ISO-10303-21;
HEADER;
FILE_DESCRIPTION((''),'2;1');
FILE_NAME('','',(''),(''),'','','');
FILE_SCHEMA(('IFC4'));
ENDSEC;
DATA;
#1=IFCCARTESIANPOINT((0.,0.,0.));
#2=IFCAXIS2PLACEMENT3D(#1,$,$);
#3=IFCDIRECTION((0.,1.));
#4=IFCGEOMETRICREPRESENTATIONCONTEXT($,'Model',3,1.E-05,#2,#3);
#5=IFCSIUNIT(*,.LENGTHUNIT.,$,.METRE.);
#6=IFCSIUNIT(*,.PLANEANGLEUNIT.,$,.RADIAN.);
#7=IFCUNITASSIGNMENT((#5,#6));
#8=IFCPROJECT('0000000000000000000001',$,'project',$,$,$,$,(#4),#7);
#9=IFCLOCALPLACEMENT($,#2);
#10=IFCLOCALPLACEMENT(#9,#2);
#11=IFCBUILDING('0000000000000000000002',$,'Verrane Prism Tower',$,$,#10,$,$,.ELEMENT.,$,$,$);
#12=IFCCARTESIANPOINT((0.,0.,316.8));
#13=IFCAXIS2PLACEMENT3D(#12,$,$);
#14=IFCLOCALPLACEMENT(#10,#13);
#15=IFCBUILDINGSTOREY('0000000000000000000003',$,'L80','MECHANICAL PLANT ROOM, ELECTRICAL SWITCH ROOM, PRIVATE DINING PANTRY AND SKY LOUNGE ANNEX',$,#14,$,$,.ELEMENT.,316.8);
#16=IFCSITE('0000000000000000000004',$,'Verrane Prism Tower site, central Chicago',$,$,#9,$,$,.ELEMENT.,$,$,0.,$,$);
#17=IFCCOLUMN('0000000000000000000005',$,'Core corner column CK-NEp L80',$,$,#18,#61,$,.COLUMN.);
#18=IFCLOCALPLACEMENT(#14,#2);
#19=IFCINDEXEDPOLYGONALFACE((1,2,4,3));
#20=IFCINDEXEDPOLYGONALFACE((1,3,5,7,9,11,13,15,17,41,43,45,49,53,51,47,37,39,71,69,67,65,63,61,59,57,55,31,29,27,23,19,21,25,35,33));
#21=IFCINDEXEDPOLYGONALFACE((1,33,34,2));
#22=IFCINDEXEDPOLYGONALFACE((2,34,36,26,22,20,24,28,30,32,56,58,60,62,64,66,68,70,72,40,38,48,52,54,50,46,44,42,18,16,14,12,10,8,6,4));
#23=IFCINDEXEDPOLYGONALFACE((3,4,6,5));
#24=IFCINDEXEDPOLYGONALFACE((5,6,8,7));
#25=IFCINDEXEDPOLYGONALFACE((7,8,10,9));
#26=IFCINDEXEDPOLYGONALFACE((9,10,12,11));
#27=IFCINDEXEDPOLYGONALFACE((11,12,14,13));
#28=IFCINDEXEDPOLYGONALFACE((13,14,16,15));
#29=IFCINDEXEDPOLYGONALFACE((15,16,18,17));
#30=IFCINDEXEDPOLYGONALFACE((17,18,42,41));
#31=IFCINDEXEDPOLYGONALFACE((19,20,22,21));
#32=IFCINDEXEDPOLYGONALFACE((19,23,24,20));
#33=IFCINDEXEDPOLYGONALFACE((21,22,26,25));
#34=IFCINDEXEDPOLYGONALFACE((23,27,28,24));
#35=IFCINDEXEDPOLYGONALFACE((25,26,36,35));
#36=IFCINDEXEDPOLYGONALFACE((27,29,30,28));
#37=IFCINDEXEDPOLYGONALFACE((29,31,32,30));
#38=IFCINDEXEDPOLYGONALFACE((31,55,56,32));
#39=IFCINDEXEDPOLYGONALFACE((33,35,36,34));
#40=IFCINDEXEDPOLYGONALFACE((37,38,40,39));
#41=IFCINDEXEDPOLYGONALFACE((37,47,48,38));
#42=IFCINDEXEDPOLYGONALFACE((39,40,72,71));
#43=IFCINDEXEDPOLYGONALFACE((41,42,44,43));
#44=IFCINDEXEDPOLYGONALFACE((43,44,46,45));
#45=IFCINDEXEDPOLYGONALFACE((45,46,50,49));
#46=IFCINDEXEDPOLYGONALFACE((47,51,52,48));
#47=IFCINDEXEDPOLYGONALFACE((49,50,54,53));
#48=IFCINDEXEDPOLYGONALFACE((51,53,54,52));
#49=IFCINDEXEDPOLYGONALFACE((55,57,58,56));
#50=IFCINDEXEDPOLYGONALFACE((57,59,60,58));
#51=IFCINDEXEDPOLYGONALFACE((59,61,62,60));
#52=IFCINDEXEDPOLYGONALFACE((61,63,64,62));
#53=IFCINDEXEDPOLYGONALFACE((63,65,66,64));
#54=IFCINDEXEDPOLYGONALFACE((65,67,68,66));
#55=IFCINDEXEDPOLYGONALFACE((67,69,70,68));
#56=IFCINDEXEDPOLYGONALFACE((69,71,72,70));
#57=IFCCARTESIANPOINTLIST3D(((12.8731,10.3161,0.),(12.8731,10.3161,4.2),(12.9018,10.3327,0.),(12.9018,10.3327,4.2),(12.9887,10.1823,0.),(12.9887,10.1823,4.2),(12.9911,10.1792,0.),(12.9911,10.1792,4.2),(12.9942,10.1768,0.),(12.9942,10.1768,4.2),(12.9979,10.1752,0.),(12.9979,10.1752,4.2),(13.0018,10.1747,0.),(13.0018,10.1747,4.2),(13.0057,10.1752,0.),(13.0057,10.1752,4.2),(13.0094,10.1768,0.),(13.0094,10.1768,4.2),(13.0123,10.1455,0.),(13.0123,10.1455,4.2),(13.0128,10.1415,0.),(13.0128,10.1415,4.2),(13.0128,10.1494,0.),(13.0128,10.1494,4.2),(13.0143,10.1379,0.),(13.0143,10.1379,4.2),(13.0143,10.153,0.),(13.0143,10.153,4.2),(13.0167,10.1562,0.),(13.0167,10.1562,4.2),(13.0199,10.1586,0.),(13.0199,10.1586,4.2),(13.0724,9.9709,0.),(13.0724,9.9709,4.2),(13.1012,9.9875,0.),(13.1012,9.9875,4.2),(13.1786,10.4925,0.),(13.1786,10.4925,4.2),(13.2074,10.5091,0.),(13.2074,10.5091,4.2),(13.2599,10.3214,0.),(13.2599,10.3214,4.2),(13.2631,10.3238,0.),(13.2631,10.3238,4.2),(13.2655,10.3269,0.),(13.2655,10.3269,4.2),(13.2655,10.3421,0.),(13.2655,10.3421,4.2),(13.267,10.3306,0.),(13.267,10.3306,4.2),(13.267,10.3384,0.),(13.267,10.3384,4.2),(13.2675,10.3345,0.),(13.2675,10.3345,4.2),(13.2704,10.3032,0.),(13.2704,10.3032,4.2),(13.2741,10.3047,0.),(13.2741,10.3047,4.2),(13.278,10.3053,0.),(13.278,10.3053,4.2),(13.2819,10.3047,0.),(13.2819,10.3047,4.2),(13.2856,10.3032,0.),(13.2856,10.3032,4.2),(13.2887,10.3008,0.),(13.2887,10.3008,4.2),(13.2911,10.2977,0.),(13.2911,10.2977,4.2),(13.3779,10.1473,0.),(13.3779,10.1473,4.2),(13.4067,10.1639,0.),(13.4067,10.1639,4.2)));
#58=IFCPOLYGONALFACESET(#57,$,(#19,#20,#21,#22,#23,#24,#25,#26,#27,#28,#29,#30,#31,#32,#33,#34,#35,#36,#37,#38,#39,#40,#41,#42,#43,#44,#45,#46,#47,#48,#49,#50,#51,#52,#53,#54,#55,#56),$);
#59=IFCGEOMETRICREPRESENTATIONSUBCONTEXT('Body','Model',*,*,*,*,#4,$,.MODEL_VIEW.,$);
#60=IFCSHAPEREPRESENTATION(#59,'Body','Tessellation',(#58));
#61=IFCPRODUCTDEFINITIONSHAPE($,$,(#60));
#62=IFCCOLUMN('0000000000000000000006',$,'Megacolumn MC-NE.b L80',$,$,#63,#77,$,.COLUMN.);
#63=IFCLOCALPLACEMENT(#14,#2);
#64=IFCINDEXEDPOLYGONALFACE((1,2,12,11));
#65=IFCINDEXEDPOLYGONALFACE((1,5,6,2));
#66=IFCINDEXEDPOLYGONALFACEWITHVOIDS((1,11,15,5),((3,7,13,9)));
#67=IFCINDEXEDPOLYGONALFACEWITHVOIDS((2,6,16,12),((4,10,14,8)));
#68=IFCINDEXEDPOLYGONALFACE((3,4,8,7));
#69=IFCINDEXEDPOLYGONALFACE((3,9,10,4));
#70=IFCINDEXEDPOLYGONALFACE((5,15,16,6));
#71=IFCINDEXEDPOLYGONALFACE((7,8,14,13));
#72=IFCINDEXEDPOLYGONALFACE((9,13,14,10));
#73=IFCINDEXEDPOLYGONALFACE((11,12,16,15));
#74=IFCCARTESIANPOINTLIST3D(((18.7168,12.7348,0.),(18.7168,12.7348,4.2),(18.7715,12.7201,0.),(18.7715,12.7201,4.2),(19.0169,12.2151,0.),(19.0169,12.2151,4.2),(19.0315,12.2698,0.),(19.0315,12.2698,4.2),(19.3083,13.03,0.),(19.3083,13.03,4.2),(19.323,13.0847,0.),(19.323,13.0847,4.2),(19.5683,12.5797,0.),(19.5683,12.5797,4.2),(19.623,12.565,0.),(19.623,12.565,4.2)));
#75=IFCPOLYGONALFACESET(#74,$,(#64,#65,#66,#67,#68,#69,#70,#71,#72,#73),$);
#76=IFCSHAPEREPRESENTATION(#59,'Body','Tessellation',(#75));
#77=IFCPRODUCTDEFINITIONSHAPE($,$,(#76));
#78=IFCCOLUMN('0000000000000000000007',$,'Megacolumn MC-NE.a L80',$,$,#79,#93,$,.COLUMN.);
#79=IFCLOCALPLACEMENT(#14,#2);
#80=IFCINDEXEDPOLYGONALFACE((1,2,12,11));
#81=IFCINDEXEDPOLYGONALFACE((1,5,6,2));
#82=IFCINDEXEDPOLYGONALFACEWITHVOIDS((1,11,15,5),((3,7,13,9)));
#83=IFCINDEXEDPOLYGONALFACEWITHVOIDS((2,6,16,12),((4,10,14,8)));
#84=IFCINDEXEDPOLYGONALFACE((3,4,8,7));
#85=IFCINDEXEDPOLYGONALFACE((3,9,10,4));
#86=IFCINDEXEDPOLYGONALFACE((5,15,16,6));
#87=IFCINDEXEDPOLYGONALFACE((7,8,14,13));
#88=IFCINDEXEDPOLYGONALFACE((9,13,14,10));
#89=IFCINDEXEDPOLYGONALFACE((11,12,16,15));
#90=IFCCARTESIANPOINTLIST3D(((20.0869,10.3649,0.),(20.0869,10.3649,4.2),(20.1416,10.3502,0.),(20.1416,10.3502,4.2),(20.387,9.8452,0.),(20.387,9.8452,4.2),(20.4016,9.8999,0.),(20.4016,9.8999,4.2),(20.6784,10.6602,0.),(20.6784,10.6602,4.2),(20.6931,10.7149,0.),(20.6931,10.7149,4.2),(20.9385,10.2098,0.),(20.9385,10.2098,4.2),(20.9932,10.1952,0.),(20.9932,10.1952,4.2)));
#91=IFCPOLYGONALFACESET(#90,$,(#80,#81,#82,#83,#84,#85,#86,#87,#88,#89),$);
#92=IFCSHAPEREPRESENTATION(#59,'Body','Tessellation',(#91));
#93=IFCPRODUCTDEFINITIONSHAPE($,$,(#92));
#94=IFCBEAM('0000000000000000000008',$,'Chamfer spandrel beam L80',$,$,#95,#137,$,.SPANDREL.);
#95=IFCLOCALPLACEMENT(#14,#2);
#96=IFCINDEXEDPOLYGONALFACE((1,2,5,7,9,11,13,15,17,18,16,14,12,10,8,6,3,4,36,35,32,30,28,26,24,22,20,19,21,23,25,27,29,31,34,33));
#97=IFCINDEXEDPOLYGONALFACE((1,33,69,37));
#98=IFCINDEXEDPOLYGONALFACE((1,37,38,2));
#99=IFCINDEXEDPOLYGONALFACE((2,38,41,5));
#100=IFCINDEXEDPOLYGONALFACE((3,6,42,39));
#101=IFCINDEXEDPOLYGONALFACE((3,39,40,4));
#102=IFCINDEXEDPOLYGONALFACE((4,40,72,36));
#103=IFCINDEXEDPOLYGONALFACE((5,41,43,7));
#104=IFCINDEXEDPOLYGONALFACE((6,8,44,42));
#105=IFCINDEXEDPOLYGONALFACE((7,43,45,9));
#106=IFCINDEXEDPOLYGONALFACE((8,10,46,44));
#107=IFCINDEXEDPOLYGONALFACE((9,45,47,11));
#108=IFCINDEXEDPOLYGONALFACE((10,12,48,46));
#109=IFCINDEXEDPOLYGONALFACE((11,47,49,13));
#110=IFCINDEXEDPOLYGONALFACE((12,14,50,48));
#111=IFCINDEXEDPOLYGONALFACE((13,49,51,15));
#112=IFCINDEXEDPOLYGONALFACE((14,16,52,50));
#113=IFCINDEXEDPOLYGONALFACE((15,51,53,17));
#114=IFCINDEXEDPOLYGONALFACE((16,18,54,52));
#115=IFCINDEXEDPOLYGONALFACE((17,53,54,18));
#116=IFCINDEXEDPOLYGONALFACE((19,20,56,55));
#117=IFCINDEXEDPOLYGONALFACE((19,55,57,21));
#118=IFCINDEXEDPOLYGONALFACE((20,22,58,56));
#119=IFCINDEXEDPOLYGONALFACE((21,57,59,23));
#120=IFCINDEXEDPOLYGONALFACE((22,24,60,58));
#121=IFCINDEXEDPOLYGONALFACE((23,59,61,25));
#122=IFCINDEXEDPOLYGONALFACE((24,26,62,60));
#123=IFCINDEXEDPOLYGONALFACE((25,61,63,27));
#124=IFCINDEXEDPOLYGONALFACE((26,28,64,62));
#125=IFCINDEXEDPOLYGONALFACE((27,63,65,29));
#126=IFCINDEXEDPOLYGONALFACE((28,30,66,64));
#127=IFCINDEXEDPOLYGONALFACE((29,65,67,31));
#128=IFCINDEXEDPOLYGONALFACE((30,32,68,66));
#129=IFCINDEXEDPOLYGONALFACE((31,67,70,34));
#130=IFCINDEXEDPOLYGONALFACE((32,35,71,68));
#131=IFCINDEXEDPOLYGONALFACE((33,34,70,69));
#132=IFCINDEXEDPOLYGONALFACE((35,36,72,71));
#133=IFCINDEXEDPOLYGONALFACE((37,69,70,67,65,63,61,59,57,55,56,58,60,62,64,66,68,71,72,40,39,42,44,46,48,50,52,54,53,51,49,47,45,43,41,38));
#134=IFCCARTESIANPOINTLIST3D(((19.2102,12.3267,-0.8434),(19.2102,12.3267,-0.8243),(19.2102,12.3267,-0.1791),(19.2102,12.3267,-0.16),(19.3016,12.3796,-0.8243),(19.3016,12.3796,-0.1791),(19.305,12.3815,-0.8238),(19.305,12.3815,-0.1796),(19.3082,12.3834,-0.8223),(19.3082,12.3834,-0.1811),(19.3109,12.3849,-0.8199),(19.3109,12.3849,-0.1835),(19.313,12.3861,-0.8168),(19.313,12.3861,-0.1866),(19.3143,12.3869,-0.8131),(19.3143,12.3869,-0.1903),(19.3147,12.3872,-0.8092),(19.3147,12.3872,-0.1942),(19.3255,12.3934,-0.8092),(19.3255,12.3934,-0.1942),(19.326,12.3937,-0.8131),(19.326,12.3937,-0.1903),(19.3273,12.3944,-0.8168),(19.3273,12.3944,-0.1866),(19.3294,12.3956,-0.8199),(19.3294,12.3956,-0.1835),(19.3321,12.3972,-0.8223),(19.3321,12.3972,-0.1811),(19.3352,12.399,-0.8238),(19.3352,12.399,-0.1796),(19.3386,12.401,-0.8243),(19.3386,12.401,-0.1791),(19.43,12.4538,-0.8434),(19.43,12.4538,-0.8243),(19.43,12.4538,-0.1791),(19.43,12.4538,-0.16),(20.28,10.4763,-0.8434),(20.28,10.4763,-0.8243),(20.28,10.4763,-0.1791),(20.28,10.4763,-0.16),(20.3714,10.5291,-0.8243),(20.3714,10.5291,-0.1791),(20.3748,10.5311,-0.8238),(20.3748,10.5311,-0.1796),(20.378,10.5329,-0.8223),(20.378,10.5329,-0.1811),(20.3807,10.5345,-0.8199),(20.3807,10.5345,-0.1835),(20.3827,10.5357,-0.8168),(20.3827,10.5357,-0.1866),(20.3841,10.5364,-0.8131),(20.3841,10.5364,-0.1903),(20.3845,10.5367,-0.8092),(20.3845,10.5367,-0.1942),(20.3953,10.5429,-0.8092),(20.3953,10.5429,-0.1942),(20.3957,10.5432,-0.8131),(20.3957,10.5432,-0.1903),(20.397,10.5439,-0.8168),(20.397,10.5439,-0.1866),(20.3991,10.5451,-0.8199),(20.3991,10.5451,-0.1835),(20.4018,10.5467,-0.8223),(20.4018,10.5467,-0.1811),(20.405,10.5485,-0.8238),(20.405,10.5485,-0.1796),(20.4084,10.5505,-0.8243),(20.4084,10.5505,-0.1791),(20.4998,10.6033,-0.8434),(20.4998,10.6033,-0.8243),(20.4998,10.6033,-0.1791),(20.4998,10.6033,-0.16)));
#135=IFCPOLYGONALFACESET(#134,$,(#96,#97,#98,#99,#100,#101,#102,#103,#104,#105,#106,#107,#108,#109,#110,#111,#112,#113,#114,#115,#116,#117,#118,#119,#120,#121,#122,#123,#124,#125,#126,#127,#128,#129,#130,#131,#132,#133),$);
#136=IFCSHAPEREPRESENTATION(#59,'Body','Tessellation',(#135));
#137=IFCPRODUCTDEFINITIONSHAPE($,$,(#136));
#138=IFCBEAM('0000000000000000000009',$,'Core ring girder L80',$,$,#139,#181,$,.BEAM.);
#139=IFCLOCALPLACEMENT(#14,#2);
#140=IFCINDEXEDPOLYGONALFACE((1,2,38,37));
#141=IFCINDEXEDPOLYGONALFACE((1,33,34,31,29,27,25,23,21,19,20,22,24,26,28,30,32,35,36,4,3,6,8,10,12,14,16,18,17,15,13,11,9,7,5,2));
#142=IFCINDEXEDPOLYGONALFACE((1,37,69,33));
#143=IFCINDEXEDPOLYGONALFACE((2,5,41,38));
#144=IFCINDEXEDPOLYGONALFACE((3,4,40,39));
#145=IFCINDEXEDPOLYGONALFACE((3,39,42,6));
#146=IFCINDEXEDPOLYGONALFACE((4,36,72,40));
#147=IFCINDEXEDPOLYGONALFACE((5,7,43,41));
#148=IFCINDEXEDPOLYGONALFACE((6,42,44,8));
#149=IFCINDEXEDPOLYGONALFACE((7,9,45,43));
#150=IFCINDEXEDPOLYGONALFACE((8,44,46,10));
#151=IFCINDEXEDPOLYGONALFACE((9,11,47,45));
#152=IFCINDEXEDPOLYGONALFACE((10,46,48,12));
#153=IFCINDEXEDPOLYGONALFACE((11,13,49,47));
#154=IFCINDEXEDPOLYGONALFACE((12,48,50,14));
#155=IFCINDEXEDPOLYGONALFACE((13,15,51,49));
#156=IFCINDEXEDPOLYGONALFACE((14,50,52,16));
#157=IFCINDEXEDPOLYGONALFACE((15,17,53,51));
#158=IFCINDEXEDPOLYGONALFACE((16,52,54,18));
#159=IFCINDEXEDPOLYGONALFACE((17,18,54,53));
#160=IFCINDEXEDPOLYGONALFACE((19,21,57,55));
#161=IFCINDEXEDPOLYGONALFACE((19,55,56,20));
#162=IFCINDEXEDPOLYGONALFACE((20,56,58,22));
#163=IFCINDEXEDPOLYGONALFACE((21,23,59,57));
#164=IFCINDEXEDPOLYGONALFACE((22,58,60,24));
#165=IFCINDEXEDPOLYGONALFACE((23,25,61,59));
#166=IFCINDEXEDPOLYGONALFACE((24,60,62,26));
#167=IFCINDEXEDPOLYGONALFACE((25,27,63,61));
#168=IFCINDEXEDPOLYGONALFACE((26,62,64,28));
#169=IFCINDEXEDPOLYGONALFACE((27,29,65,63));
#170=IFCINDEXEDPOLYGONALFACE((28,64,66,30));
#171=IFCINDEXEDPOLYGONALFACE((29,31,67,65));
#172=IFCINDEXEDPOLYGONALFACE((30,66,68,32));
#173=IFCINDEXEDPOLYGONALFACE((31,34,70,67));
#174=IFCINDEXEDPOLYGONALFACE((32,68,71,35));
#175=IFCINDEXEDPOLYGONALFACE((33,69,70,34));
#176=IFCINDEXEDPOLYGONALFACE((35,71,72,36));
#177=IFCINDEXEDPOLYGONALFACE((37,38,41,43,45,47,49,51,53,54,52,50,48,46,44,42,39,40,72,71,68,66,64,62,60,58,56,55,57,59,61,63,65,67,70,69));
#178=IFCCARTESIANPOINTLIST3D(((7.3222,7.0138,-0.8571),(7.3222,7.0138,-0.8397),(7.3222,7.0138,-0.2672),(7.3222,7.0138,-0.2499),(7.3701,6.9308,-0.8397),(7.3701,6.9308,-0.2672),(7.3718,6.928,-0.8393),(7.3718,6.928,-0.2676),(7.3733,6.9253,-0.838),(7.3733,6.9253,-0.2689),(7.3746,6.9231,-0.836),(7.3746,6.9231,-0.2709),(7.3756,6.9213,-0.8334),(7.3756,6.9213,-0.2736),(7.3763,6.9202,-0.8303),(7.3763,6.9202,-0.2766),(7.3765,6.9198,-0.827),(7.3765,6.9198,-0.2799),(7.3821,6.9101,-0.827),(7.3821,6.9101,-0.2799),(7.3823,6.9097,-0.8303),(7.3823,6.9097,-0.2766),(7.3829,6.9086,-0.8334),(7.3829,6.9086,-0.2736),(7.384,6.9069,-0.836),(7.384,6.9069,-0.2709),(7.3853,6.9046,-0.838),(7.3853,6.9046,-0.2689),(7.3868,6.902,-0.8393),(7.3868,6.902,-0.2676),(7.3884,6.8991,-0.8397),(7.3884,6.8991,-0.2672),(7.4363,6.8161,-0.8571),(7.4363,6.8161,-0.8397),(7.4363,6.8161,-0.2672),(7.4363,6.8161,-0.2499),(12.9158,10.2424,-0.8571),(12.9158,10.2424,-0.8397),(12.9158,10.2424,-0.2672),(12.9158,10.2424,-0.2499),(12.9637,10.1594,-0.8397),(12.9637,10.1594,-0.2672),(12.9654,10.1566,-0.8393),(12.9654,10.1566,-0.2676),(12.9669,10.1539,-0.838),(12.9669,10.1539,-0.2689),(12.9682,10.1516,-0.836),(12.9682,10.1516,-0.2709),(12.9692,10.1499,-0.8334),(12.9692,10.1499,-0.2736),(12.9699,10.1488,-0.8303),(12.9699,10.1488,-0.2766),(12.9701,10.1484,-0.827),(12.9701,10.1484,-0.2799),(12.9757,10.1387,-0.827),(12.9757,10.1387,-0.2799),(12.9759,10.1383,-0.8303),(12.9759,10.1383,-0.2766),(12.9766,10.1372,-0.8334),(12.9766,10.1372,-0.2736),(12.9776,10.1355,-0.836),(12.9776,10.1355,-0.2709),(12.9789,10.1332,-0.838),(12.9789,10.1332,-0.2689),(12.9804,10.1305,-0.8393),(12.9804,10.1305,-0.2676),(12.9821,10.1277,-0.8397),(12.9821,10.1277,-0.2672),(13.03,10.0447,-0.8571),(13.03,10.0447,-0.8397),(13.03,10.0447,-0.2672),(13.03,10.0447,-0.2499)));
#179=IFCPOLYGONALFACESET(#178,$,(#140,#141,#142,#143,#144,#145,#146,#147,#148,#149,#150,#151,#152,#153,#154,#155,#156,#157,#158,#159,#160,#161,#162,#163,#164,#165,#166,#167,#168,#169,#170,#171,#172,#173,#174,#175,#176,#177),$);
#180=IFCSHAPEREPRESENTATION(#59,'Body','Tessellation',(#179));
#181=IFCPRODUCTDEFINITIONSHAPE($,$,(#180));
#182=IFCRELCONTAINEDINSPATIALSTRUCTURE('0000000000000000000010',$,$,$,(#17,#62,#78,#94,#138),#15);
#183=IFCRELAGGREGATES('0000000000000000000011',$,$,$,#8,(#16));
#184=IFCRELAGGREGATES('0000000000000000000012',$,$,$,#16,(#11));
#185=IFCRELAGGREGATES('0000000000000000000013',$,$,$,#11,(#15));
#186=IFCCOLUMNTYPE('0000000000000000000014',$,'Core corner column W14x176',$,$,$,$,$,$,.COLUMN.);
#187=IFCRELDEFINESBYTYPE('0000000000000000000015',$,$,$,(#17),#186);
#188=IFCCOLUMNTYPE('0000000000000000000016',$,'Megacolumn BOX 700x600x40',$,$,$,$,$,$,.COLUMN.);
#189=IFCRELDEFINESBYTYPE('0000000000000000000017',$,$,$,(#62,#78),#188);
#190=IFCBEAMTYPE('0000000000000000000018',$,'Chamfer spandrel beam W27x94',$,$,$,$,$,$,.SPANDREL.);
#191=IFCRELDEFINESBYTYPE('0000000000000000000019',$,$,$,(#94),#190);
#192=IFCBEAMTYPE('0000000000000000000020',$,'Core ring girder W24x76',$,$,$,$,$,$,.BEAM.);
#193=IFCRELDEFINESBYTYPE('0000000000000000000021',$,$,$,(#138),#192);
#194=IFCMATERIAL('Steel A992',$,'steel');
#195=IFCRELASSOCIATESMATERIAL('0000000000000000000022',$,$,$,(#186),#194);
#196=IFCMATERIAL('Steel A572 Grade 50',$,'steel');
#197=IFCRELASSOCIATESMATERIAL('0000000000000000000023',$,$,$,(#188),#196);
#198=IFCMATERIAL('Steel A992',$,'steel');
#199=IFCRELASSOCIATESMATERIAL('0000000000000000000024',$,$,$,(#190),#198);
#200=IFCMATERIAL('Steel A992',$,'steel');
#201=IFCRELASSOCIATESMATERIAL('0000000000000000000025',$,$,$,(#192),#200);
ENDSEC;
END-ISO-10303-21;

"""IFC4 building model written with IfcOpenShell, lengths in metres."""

from ifc_helpers import new_model, si_unit, direction, frame, origin, origin_2d, place, context, subcontext, project, spatial, hollow_rectangle, i_section, extrude, material, material_profile, profile_set, type_object, element, save


model = new_model("IFC4")

# Units and contexts
model_context = context("Model", 3, precision=1e-05, world=origin(), true_north=direction((0.0, 1.0)))
body_context = subcontext(model_context, "Body", "Model", "MODEL_VIEW")
ifc_project = project(units=[si_unit("LENGTHUNIT", "METRE"), si_unit("PLANEANGLEUNIT", "RADIAN")], contexts=[model_context])

# Site, building, storey
site_placement = place(None, origin())
site = spatial("IfcSite", under=ifc_project, at=site_placement, Name="Verrane Prism Tower site, central Chicago", CompositionType="ELEMENT", RefElevation=0.0)
building_placement = place(site_placement, origin())
building = spatial("IfcBuilding", under=site, at=building_placement, Name="Verrane Prism Tower", CompositionType="ELEMENT")
storey_placement = place(building_placement, frame((0.0, 0.0, 316.8)))
storey = spatial("IfcBuildingStorey", under=building, at=storey_placement, Name="L80", Description="MECHANICAL PLANT ROOM, ELECTRICAL SWITCH ROOM, PRIVATE DINING PANTRY AND SKY LOUNGE ANNEX", CompositionType="ELEMENT", Elevation=316.8)

# Columns
ifc_material_1 = material(Name="Steel A992", Category="steel")
ifc_material_profile_1 = material_profile(ifc_material_1, i_section(OverallWidth=0.3987, OverallDepth=0.386, WebThickness=0.021, FlangeThickness=0.0332, FilletRadius=0.0151, at=origin_2d()), Name="W14x176")
ifc_profile_set_1 = profile_set([ifc_material_profile_1], Name="Steel A992")
column_type_1 = type_object("IfcColumnType", Name="Core corner column W14x176", PredefinedType="COLUMN", material=ifc_profile_set_1)
column_placement = place(storey_placement, frame((13.1399, 10.24, 0.0), z_axis=(0.0, 0.0, 1.0), x_axis=(0.5, -0.866025, 0.0)))
element("IfcColumn", 1, at=column_placement, inside=storey, type_object=column_type_1, Name="Core corner column CK-NEp L80", PredefinedType="COLUMN", context=body_context, shape_type="SweptSolid", body=[
    extrude(i_section(OverallWidth=0.3987, OverallDepth=0.386, WebThickness=0.021, FlangeThickness=0.0332, FilletRadius=0.0151, at=origin_2d()), origin(), (0.0, 0.0, 1.0), 4.2),
])
ifc_material_2 = material(Name="Steel A572 Grade 50", Category="steel")
ifc_material_profile_2 = material_profile(ifc_material_2, hollow_rectangle(XDim=0.6001, YDim=0.7, WallThickness=0.04, at=origin_2d()), Name="BOX 700x600x40")
ifc_profile_set_2 = profile_set([ifc_material_profile_2], Name="Steel A572 Grade 50")
column_type_2 = type_object("IfcColumnType", Name="Megacolumn BOX 700x600x40", PredefinedType="COLUMN", material=ifc_profile_set_2)
for number, where, z_axis, x_axis, name in (
    (2, (19.1699, 12.6499, 0.0), (0.0, 0.0, 1.0), (0.5, -0.866025, 0.0), "Megacolumn MC-NE.b L80"),
    (3, (20.54, 10.28, 0.0), (0.0, 0.0, 1.0), (0.5, -0.866025, 0.0), "Megacolumn MC-NE.a L80"),
):
    element("IfcColumn", number, at=place(storey_placement, frame(where, z_axis=z_axis, x_axis=x_axis)), inside=storey, type_object=column_type_2, Name=name, PredefinedType="COLUMN", context=body_context, shape_type="SweptSolid", body=[
        extrude(hollow_rectangle(XDim=0.6001, YDim=0.7, WallThickness=0.04, at=origin_2d()), origin(), (0.0, 0.0, 1.0), 4.2),
    ])

# Beams
ifc_material_3 = material(Name="Steel A992", Category="steel")
ifc_material_profile_3 = material_profile(ifc_material_3, i_section(OverallWidth=0.2539, OverallDepth=0.6833, WebThickness=0.0125, FlangeThickness=0.019, FilletRadius=0.0151, at=origin_2d()), Name="W27x94")
ifc_profile_set_3 = profile_set([ifc_material_profile_3], Name="Steel A992")
beam_type_1 = type_object("IfcBeamType", Name="Chamfer spandrel beam W27x94", PredefinedType="SPANDREL", material=ifc_profile_set_3)
beam_1_placement = place(storey_placement, frame((20.3899, 10.5398, -0.5017), z_axis=(-0.500487, 0.865744, 0.0), x_axis=(-0.865744, -0.500487, 0.0)))
element("IfcBeam", 4, at=beam_1_placement, inside=storey, type_object=beam_type_1, Name="Chamfer spandrel beam L80", PredefinedType="SPANDREL", context=body_context, shape_type="SweptSolid", body=[
    extrude(i_section(OverallWidth=0.2539, OverallDepth=0.6833, WebThickness=0.0125, FlangeThickness=0.019, FilletRadius=0.0151, at=origin_2d()), origin(), (0.0, 0.0, 1.0), 2.1375),
])
ifc_material_4 = material(Name="Steel A992", Category="steel")
ifc_material_profile_4 = material_profile(ifc_material_4, i_section(OverallWidth=0.2283, OverallDepth=0.6072, WebThickness=0.0112, FlangeThickness=0.0173, FilletRadius=0.0127, at=origin_2d()), Name="W24x76")
ifc_profile_set_4 = profile_set([ifc_material_profile_4], Name="Steel A992")
beam_type_2 = type_object("IfcBeamType", Name="Core ring girder W24x76", PredefinedType="BEAM", material=ifc_profile_set_4)
beam_2_placement = place(storey_placement, frame((12.9729, 10.1436, -0.5535), z_axis=(-0.866086, -0.499896, 0.0), x_axis=(0.499896, -0.866086, 0.0)))
element("IfcBeam", 5, at=beam_2_placement, inside=storey, type_object=beam_type_2, Name="Core ring girder L80", PredefinedType="BEAM", context=body_context, shape_type="SweptSolid", body=[
    extrude(i_section(OverallWidth=0.2283, OverallDepth=0.6072, WebThickness=0.0112, FlangeThickness=0.0173, FilletRadius=0.0127, at=origin_2d()), origin(), (0.0, 0.0, 1.0), 6.4585),
])

save(model, "model.ifc")
